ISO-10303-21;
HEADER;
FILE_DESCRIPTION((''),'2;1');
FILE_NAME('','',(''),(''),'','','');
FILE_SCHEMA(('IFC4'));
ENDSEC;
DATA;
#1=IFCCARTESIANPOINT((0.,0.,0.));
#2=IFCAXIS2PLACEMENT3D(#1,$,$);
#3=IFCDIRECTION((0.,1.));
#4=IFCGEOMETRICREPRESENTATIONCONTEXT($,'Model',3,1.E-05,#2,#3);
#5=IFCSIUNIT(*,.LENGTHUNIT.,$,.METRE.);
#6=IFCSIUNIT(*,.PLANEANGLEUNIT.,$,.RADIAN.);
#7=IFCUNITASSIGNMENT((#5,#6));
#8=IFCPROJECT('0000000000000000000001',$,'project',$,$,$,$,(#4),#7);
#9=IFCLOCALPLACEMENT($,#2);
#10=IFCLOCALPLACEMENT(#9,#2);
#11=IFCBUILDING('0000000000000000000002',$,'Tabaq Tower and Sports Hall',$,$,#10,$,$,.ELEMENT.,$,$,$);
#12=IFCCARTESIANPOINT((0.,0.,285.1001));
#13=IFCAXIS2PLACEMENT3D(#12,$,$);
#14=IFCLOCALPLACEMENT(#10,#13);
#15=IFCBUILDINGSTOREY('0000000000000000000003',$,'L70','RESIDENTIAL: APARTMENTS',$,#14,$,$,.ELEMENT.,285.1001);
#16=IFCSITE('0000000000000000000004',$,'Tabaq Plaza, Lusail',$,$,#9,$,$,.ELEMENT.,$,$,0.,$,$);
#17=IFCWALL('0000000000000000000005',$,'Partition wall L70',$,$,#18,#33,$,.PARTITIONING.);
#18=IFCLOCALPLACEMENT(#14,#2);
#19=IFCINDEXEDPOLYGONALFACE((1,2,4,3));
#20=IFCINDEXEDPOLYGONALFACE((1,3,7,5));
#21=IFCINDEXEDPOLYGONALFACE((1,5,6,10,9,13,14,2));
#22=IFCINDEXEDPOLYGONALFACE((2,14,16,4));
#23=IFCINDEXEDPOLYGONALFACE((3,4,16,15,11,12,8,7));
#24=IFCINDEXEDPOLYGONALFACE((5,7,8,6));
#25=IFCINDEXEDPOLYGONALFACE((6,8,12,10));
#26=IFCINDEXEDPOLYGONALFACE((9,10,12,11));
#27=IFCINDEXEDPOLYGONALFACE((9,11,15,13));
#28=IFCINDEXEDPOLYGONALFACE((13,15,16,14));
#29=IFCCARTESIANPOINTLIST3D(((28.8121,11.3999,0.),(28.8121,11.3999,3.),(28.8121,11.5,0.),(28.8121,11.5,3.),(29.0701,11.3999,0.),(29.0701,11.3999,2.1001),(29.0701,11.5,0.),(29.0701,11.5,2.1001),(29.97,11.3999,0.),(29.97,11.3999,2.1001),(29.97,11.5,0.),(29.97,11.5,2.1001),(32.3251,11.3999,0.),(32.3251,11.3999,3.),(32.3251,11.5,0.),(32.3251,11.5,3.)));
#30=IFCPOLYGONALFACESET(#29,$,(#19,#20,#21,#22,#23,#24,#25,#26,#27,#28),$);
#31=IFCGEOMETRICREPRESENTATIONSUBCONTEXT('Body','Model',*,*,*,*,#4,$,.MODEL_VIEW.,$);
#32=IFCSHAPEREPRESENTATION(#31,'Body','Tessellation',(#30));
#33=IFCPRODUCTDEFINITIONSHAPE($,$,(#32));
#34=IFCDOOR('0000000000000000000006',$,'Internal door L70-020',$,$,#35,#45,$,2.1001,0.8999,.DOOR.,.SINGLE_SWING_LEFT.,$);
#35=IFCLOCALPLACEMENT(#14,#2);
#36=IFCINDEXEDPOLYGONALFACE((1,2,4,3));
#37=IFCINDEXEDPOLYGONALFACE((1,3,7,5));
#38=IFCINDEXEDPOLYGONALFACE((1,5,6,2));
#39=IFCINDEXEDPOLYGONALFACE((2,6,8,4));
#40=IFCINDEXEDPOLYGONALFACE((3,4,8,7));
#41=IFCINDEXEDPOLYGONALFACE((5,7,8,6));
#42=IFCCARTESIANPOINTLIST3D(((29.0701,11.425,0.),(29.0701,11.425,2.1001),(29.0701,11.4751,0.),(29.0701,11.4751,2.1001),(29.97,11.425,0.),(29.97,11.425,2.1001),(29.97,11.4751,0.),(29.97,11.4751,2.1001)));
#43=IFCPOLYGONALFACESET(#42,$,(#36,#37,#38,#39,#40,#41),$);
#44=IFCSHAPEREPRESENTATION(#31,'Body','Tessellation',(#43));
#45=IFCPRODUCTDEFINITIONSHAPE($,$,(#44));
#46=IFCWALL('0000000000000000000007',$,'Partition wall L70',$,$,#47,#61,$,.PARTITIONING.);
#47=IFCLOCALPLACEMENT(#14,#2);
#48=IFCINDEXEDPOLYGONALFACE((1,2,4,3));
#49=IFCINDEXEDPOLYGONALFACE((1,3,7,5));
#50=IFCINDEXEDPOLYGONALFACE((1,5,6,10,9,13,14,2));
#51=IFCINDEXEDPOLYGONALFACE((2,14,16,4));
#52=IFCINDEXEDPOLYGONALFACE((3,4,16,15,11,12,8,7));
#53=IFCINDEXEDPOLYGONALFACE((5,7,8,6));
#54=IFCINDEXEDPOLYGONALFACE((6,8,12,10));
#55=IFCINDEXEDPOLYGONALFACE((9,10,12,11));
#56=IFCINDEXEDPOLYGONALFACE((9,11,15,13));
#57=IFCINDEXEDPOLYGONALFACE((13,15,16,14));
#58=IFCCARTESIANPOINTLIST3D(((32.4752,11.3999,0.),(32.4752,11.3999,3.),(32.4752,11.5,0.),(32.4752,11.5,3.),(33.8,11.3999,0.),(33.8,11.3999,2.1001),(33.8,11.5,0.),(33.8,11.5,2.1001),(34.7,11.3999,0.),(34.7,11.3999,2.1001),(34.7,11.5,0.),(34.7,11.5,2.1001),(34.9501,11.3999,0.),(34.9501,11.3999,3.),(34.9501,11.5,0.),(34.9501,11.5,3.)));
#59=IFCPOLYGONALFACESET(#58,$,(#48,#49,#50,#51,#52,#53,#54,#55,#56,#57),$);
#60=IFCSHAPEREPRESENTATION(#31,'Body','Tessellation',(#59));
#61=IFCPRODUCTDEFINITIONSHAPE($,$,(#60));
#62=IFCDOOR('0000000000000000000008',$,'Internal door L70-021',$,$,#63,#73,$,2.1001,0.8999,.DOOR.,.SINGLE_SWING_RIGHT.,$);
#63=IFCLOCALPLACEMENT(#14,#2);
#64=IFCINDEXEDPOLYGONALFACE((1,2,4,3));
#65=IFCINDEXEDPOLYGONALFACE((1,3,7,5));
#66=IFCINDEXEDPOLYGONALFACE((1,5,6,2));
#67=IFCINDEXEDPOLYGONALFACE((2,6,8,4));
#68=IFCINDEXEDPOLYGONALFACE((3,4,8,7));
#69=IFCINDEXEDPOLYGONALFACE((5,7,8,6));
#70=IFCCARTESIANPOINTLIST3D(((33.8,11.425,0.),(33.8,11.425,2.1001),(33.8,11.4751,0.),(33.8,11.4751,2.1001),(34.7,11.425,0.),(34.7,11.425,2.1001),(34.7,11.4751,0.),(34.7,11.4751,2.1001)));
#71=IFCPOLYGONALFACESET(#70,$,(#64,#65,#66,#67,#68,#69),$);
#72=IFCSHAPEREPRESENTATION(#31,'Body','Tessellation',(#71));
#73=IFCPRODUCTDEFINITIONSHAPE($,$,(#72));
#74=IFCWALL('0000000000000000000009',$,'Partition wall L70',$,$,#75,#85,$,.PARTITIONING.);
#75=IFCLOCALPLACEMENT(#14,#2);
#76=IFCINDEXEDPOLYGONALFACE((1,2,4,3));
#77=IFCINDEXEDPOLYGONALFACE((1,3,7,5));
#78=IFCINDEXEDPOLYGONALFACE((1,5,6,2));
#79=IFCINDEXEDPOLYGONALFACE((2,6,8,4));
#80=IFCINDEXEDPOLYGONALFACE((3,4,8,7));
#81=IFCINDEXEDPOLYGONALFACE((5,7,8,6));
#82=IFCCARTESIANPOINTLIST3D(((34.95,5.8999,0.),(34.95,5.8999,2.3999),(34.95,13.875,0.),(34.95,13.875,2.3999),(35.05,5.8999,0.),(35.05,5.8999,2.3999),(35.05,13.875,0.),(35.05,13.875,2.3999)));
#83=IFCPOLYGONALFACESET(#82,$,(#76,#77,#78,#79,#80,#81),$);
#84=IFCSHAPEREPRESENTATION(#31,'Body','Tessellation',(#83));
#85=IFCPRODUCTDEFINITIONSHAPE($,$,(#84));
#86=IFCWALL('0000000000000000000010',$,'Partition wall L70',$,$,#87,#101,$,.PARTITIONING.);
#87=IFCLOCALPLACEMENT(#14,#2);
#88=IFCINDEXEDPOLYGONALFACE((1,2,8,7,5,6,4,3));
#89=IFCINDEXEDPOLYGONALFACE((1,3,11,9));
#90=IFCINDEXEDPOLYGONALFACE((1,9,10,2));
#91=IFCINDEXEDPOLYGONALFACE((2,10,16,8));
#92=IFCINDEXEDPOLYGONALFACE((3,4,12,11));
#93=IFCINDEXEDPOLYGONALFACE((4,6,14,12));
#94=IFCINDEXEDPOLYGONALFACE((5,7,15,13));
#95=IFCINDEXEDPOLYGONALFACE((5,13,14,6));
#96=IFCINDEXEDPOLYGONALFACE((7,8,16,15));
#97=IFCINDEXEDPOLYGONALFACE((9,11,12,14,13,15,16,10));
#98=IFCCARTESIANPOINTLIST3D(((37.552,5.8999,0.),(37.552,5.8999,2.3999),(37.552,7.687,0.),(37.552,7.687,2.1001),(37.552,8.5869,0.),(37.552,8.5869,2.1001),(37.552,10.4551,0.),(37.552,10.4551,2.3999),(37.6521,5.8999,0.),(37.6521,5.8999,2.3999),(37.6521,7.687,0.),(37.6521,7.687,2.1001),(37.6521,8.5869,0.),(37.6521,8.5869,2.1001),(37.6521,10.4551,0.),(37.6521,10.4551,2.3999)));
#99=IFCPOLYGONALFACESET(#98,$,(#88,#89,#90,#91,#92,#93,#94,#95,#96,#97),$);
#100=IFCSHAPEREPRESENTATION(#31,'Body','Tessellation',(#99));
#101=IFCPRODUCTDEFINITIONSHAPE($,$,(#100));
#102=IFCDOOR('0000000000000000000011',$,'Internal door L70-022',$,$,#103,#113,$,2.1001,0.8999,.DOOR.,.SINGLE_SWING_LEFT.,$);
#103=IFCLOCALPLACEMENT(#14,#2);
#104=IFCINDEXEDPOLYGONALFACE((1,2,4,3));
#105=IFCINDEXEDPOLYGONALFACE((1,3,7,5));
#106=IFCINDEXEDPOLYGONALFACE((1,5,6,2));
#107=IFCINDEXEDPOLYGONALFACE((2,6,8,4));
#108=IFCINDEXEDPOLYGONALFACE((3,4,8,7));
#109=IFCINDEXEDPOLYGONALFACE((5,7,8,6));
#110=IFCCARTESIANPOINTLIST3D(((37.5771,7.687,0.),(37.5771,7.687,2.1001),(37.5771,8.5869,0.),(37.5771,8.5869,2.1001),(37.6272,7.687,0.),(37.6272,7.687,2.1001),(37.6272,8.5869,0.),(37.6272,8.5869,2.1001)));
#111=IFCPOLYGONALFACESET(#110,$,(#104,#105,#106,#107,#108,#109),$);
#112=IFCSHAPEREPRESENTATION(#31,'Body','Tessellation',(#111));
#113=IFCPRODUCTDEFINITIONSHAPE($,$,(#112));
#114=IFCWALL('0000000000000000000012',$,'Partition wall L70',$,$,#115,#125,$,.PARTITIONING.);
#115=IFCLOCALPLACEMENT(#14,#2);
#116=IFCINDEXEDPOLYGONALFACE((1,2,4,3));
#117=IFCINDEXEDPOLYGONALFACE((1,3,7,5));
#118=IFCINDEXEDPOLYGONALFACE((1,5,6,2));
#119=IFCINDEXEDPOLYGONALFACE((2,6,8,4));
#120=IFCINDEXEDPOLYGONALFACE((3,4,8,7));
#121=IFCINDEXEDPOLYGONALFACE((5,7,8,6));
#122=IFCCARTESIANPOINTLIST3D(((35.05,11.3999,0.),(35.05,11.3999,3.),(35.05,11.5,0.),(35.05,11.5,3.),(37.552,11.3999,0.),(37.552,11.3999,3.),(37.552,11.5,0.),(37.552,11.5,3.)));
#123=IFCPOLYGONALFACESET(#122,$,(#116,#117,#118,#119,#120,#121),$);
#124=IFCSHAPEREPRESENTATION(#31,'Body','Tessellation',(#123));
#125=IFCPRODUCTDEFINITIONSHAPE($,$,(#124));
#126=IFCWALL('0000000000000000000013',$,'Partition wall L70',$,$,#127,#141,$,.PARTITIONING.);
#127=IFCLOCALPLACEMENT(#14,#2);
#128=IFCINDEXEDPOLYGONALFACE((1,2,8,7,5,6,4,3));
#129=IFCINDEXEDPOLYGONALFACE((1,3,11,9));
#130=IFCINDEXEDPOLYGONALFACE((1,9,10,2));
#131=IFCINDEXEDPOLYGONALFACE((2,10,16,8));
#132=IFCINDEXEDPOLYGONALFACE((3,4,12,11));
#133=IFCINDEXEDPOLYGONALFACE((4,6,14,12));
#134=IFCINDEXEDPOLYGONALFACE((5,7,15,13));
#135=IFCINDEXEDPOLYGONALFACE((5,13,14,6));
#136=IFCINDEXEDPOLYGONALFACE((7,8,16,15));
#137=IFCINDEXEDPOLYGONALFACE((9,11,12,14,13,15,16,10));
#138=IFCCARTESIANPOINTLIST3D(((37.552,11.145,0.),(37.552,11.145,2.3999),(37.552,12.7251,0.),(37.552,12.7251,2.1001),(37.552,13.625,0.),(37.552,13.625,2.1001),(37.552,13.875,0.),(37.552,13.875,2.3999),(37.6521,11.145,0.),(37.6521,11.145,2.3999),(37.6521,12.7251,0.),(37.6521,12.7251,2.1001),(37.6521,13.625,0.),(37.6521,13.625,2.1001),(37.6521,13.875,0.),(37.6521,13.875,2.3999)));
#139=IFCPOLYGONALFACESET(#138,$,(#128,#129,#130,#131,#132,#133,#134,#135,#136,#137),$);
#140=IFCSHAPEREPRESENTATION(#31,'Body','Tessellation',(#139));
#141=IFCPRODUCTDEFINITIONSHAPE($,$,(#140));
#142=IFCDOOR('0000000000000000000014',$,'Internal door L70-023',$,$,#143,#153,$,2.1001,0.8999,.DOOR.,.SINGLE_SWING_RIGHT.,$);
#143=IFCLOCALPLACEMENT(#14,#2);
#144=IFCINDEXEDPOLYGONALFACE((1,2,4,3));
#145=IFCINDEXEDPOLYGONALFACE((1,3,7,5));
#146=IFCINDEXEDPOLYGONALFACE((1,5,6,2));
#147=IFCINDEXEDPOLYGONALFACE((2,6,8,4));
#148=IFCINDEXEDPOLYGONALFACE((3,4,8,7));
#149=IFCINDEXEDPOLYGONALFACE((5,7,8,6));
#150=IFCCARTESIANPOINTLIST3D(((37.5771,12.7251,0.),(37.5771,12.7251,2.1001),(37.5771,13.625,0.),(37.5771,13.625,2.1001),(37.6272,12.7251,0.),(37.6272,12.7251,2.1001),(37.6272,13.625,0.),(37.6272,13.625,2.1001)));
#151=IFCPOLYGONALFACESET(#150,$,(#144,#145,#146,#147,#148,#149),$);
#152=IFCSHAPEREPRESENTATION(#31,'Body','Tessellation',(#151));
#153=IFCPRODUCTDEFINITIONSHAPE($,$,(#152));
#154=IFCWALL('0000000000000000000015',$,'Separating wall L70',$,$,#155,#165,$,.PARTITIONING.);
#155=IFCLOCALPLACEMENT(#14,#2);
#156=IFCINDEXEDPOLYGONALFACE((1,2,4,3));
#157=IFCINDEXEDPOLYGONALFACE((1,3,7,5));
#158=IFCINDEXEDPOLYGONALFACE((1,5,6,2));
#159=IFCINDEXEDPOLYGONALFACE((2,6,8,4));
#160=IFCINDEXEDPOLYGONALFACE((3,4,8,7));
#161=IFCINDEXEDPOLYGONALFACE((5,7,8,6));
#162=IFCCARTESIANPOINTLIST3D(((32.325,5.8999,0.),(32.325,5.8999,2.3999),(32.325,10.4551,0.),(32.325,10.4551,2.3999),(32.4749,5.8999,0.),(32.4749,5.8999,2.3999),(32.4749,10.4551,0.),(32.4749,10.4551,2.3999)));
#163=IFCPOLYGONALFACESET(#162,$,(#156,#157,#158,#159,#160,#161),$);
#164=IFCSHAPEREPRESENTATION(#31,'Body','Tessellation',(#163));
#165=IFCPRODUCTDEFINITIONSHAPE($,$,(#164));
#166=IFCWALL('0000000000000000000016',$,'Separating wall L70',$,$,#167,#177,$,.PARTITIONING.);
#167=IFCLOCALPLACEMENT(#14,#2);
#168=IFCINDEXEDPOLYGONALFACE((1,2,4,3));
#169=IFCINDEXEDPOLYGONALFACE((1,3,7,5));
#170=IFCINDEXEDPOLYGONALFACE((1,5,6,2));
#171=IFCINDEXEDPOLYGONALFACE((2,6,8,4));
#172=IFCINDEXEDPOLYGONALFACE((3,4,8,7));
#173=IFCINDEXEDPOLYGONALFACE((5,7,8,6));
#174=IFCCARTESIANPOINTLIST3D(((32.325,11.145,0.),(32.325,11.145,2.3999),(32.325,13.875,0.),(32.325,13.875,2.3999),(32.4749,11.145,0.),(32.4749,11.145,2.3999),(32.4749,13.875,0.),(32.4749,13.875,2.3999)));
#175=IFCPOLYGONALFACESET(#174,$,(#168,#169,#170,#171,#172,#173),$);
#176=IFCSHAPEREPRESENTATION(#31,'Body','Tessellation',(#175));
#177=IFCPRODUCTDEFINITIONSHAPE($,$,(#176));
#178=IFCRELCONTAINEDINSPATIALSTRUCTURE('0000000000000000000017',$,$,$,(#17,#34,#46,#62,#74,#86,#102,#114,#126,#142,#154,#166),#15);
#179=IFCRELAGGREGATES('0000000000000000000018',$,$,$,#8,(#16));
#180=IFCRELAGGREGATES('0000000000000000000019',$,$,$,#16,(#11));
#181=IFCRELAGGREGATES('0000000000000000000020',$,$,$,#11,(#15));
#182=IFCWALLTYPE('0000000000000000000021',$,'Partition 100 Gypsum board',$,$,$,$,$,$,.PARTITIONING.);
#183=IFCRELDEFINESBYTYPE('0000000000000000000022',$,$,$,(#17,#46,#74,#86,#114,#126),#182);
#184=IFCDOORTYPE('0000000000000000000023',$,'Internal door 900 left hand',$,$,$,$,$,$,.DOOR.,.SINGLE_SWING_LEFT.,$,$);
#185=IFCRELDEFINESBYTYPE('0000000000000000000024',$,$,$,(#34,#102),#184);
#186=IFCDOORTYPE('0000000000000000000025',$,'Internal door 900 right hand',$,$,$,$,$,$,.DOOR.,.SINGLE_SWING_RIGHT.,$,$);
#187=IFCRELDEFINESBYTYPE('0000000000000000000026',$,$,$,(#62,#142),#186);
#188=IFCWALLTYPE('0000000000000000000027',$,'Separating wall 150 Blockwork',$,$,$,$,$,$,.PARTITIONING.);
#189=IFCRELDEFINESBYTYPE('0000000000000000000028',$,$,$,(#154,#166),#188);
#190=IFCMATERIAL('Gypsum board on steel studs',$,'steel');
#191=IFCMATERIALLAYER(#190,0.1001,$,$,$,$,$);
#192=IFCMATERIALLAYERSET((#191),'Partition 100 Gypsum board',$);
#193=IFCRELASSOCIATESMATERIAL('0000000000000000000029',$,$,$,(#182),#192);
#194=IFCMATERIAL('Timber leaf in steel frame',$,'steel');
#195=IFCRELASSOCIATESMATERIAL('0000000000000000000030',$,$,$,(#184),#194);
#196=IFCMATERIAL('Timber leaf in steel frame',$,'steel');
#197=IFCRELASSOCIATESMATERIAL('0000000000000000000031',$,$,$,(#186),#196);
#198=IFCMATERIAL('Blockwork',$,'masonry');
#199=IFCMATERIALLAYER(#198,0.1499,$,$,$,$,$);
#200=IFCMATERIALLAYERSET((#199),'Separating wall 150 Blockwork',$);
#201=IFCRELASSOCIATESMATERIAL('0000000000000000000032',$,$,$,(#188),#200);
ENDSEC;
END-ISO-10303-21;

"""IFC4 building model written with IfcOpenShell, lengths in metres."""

from ifc_helpers import new_model, si_unit, direction, frame, frame_2d, origin, place, context, subcontext, project, spatial, rectangle, extrude, material, layer, layer_set, type_object, element, fill, save


model = new_model("IFC4")

# Units and contexts
model_context = context("Model", 3, precision=1e-05, world=origin(), true_north=direction((0.0, 1.0)))
body_context = subcontext(model_context, "Body", "Model", "MODEL_VIEW")
ifc_project = project(units=[si_unit("LENGTHUNIT", "METRE"), si_unit("PLANEANGLEUNIT", "RADIAN")], contexts=[model_context])

# Site, building, storey
site_placement = place(None, origin())
site = spatial("IfcSite", under=ifc_project, at=site_placement, Name="Tabaq Plaza, Lusail", CompositionType="ELEMENT", RefElevation=0.0)
building_placement = place(site_placement, origin())
building = spatial("IfcBuilding", under=site, at=building_placement, Name="Tabaq Tower and Sports Hall", CompositionType="ELEMENT")
storey_placement = place(building_placement, frame((0.0, 0.0, 285.1001)))
storey = spatial("IfcBuildingStorey", under=building, at=storey_placement, Name="L70", Description="RESIDENTIAL: APARTMENTS", CompositionType="ELEMENT", Elevation=285.1001)

# Walls, openings, doors
ifc_material_1 = material(Name="Gypsum board on steel studs", Category="steel")
ifc_layer_1 = layer(ifc_material_1, 0.1001)
ifc_layer_set_1 = layer_set([ifc_layer_1], Name="Partition 100 Gypsum board")
wall_type_1 = type_object("IfcWallType", Name="Partition 100 Gypsum board", PredefinedType="PARTITIONING", material=ifc_layer_set_1)
ifc_material_2 = material(Name="Timber leaf in steel frame", Category="steel")
door_type_1 = type_object("IfcDoorType", Name="Internal door 900 left hand", OperationType="SINGLE_SWING_LEFT", PredefinedType="DOOR", material=ifc_material_2)
wall_1_placement = place(storey_placement, frame((32.325, 11.45, 0.0), z_axis=(0.0, 0.0, 1.0), x_axis=(-1.0, 0.0, 0.0)))
wall_1 = element("IfcWall", 1, at=wall_1_placement, inside=storey, type_object=wall_type_1, Name="Partition wall L70", PredefinedType="PARTITIONING", context=body_context, shape_type="SweptSolid", body=[
    extrude(rectangle(XDim=3.5129, YDim=0.1001, at=frame_2d((1.7563, 0.0))), origin(), (0.0, 0.0, 1.0), 3.0),
])
opening_1_placement = place(wall_1_placement, frame((2.355, 0.0, 0.0)))
opening_1 = element("IfcOpeningElement", 2, at=opening_1_placement, cuts=wall_1, PredefinedType="OPENING", context=body_context, shape_type="SweptSolid", body=[
    extrude(rectangle(XDim=0.8999, YDim=2.1001, at=frame_2d((0.45, 1.05))), frame((0.0, 0.05, 0.0), z_axis=(0.0, -1.0, 0.0), x_axis=(1.0, 0.0, 0.0)), (0.0, 0.0, 1.0), 0.1001),
])
door_1_placement = place(opening_1_placement, origin())
door_1 = element("IfcDoor", 3, at=door_1_placement, inside=storey, type_object=door_type_1, Name="Internal door L70-020", OperationType="SINGLE_SWING_LEFT", OverallHeight=2.1001, OverallWidth=0.8999, PredefinedType="DOOR", context=body_context, shape_type="SweptSolid", body=[
    extrude(rectangle(XDim=0.8999, YDim=2.1001, at=frame_2d((0.45, 1.05))), frame((0.0, 0.0249, 0.0), z_axis=(0.0, -1.0, 0.0), x_axis=(1.0, 0.0, 0.0)), (0.0, 0.0, 1.0), 0.05),
])
fill(opening_1, door_1)
wall_2_placement = place(storey_placement, frame((34.95, 11.45, 0.0), z_axis=(0.0, 0.0, 1.0), x_axis=(-1.0, 0.0, 0.0)))
wall_2 = element("IfcWall", 4, at=wall_2_placement, inside=storey, type_object=wall_type_1, Name="Partition wall L70", PredefinedType="PARTITIONING", context=body_context, shape_type="SweptSolid", body=[
    extrude(rectangle(XDim=2.4749, YDim=0.1001, at=frame_2d((1.2373, 0.0))), origin(), (0.0, 0.0, 1.0), 3.0),
])
opening_2_placement = place(wall_2_placement, frame((0.25, 0.0, 0.0)))
opening_2 = element("IfcOpeningElement", 5, at=opening_2_placement, cuts=wall_2, PredefinedType="OPENING", context=body_context, shape_type="SweptSolid", body=[
    extrude(rectangle(XDim=0.8999, YDim=2.1001, at=frame_2d((0.45, 1.05))), frame((0.0, 0.05, 0.0), z_axis=(0.0, -1.0, 0.0), x_axis=(1.0, 0.0, 0.0)), (0.0, 0.0, 1.0), 0.1001),
])
ifc_material_3 = material(Name="Timber leaf in steel frame", Category="steel")
door_type_2 = type_object("IfcDoorType", Name="Internal door 900 right hand", OperationType="SINGLE_SWING_RIGHT", PredefinedType="DOOR", material=ifc_material_3)
door_2_placement = place(opening_2_placement, origin())
door_2 = element("IfcDoor", 6, at=door_2_placement, inside=storey, type_object=door_type_2, Name="Internal door L70-021", OperationType="SINGLE_SWING_RIGHT", OverallHeight=2.1001, OverallWidth=0.8999, PredefinedType="DOOR", context=body_context, shape_type="SweptSolid", body=[
    extrude(rectangle(XDim=0.8999, YDim=2.1001, at=frame_2d((0.45, 1.05))), frame((0.0, 0.0249, 0.0), z_axis=(0.0, -1.0, 0.0), x_axis=(1.0, 0.0, 0.0)), (0.0, 0.0, 1.0), 0.05),
])
fill(opening_2, door_2)

# Wall
wall_3_placement = place(storey_placement, frame((35.0, 5.8999, 0.0), z_axis=(0.0, 0.0, 1.0), x_axis=(0.0, 1.0, 0.0)))
element("IfcWall", 7, at=wall_3_placement, inside=storey, type_object=wall_type_1, Name="Partition wall L70", PredefinedType="PARTITIONING", context=body_context, shape_type="SweptSolid", body=[
    extrude(rectangle(XDim=7.9751, YDim=0.1001, at=frame_2d((3.9875, 0.0))), origin(), (0.0, 0.0, 1.0), 2.3999),
])

# Wall, opening, door
wall_4_placement = place(storey_placement, frame((37.6021, 5.8999, 0.0), z_axis=(0.0, 0.0, 1.0), x_axis=(0.0, 1.0, 0.0)))
wall_4 = element("IfcWall", 8, at=wall_4_placement, inside=storey, type_object=wall_type_1, Name="Partition wall L70", PredefinedType="PARTITIONING", context=body_context, shape_type="SweptSolid", body=[
    extrude(rectangle(XDim=4.5552, YDim=0.1001, at=frame_2d((2.2776, 0.0))), origin(), (0.0, 0.0, 1.0), 2.3999),
])
opening_3_placement = place(wall_4_placement, frame((1.7871, 0.0, 0.0)))
opening_3 = element("IfcOpeningElement", 9, at=opening_3_placement, cuts=wall_4, PredefinedType="OPENING", context=body_context, shape_type="SweptSolid", body=[
    extrude(rectangle(XDim=0.8999, YDim=2.1001, at=frame_2d((0.45, 1.05))), frame((0.0, 0.05, 0.0), z_axis=(0.0, -1.0, 0.0), x_axis=(1.0, 0.0, 0.0)), (0.0, 0.0, 1.0), 0.1001),
])
door_3_placement = place(opening_3_placement, origin())
door_3 = element("IfcDoor", 10, at=door_3_placement, inside=storey, type_object=door_type_1, Name="Internal door L70-022", OperationType="SINGLE_SWING_LEFT", OverallHeight=2.1001, OverallWidth=0.8999, PredefinedType="DOOR", context=body_context, shape_type="SweptSolid", body=[
    extrude(rectangle(XDim=0.8999, YDim=2.1001, at=frame_2d((0.45, 1.05))), frame((0.0, 0.0249, 0.0), z_axis=(0.0, -1.0, 0.0), x_axis=(1.0, 0.0, 0.0)), (0.0, 0.0, 1.0), 0.05),
])
fill(opening_3, door_3)

# Wall
wall_5_placement = place(storey_placement, frame((37.552, 11.45, 0.0), z_axis=(0.0, 0.0, 1.0), x_axis=(-1.0, 0.0, 0.0)))
element("IfcWall", 11, at=wall_5_placement, inside=storey, type_object=wall_type_1, Name="Partition wall L70", PredefinedType="PARTITIONING", context=body_context, shape_type="SweptSolid", body=[
    extrude(rectangle(XDim=2.502, YDim=0.1001, at=frame_2d((1.251, 0.0))), origin(), (0.0, 0.0, 1.0), 3.0),
])

# Wall, opening, door
wall_6_placement = place(storey_placement, frame((37.6021, 11.145, 0.0), z_axis=(0.0, 0.0, 1.0), x_axis=(0.0, 1.0, 0.0)))
wall_6 = element("IfcWall", 12, at=wall_6_placement, inside=storey, type_object=wall_type_1, Name="Partition wall L70", PredefinedType="PARTITIONING", context=body_context, shape_type="SweptSolid", body=[
    extrude(rectangle(XDim=2.73, YDim=0.1001, at=frame_2d((1.365, 0.0))), origin(), (0.0, 0.0, 1.0), 2.3999),
])
opening_4_placement = place(wall_6_placement, frame((1.5801, 0.0, 0.0)))
opening_4 = element("IfcOpeningElement", 13, at=opening_4_placement, cuts=wall_6, PredefinedType="OPENING", context=body_context, shape_type="SweptSolid", body=[
    extrude(rectangle(XDim=0.8999, YDim=2.1001, at=frame_2d((0.45, 1.05))), frame((0.0, 0.05, 0.0), z_axis=(0.0, -1.0, 0.0), x_axis=(1.0, 0.0, 0.0)), (0.0, 0.0, 1.0), 0.1001),
])
door_4_placement = place(opening_4_placement, origin())
door_4 = element("IfcDoor", 14, at=door_4_placement, inside=storey, type_object=door_type_2, Name="Internal door L70-023", OperationType="SINGLE_SWING_RIGHT", OverallHeight=2.1001, OverallWidth=0.8999, PredefinedType="DOOR", context=body_context, shape_type="SweptSolid", body=[
    extrude(rectangle(XDim=0.8999, YDim=2.1001, at=frame_2d((0.45, 1.05))), frame((0.0, 0.0249, 0.0), z_axis=(0.0, -1.0, 0.0), x_axis=(1.0, 0.0, 0.0)), (0.0, 0.0, 1.0), 0.05),
])
fill(opening_4, door_4)

# Walls
ifc_material_4 = material(Name="Blockwork", Category="masonry")
ifc_layer_2 = layer(ifc_material_4, 0.1499)
ifc_layer_set_2 = layer_set([ifc_layer_2], Name="Separating wall 150 Blockwork")
wall_type_2 = type_object("IfcWallType", Name="Separating wall 150 Blockwork", PredefinedType="PARTITIONING", material=ifc_layer_set_2)
wall_7_placement = place(storey_placement, frame((32.3999, 5.8999, 0.0), z_axis=(0.0, 0.0, 1.0), x_axis=(0.0, 1.0, 0.0)))
element("IfcWall", 15, at=wall_7_placement, inside=storey, type_object=wall_type_2, Name="Separating wall L70", PredefinedType="PARTITIONING", context=body_context, shape_type="SweptSolid", body=[
    extrude(rectangle(XDim=4.5552, YDim=0.1499, at=frame_2d((2.2776, 0.0))), origin(), (0.0, 0.0, 1.0), 2.3999),
])
wall_8_placement = place(storey_placement, frame((32.3999, 11.145, 0.0), z_axis=(0.0, 0.0, 1.0), x_axis=(0.0, 1.0, 0.0)))
element("IfcWall", 16, at=wall_8_placement, inside=storey, type_object=wall_type_2, Name="Separating wall L70", PredefinedType="PARTITIONING", context=body_context, shape_type="SweptSolid", body=[
    extrude(rectangle(XDim=2.73, YDim=0.1499, at=frame_2d((1.365, 0.0))), origin(), (0.0, 0.0, 1.0), 2.3999),
])

save(model, "model.ifc")
